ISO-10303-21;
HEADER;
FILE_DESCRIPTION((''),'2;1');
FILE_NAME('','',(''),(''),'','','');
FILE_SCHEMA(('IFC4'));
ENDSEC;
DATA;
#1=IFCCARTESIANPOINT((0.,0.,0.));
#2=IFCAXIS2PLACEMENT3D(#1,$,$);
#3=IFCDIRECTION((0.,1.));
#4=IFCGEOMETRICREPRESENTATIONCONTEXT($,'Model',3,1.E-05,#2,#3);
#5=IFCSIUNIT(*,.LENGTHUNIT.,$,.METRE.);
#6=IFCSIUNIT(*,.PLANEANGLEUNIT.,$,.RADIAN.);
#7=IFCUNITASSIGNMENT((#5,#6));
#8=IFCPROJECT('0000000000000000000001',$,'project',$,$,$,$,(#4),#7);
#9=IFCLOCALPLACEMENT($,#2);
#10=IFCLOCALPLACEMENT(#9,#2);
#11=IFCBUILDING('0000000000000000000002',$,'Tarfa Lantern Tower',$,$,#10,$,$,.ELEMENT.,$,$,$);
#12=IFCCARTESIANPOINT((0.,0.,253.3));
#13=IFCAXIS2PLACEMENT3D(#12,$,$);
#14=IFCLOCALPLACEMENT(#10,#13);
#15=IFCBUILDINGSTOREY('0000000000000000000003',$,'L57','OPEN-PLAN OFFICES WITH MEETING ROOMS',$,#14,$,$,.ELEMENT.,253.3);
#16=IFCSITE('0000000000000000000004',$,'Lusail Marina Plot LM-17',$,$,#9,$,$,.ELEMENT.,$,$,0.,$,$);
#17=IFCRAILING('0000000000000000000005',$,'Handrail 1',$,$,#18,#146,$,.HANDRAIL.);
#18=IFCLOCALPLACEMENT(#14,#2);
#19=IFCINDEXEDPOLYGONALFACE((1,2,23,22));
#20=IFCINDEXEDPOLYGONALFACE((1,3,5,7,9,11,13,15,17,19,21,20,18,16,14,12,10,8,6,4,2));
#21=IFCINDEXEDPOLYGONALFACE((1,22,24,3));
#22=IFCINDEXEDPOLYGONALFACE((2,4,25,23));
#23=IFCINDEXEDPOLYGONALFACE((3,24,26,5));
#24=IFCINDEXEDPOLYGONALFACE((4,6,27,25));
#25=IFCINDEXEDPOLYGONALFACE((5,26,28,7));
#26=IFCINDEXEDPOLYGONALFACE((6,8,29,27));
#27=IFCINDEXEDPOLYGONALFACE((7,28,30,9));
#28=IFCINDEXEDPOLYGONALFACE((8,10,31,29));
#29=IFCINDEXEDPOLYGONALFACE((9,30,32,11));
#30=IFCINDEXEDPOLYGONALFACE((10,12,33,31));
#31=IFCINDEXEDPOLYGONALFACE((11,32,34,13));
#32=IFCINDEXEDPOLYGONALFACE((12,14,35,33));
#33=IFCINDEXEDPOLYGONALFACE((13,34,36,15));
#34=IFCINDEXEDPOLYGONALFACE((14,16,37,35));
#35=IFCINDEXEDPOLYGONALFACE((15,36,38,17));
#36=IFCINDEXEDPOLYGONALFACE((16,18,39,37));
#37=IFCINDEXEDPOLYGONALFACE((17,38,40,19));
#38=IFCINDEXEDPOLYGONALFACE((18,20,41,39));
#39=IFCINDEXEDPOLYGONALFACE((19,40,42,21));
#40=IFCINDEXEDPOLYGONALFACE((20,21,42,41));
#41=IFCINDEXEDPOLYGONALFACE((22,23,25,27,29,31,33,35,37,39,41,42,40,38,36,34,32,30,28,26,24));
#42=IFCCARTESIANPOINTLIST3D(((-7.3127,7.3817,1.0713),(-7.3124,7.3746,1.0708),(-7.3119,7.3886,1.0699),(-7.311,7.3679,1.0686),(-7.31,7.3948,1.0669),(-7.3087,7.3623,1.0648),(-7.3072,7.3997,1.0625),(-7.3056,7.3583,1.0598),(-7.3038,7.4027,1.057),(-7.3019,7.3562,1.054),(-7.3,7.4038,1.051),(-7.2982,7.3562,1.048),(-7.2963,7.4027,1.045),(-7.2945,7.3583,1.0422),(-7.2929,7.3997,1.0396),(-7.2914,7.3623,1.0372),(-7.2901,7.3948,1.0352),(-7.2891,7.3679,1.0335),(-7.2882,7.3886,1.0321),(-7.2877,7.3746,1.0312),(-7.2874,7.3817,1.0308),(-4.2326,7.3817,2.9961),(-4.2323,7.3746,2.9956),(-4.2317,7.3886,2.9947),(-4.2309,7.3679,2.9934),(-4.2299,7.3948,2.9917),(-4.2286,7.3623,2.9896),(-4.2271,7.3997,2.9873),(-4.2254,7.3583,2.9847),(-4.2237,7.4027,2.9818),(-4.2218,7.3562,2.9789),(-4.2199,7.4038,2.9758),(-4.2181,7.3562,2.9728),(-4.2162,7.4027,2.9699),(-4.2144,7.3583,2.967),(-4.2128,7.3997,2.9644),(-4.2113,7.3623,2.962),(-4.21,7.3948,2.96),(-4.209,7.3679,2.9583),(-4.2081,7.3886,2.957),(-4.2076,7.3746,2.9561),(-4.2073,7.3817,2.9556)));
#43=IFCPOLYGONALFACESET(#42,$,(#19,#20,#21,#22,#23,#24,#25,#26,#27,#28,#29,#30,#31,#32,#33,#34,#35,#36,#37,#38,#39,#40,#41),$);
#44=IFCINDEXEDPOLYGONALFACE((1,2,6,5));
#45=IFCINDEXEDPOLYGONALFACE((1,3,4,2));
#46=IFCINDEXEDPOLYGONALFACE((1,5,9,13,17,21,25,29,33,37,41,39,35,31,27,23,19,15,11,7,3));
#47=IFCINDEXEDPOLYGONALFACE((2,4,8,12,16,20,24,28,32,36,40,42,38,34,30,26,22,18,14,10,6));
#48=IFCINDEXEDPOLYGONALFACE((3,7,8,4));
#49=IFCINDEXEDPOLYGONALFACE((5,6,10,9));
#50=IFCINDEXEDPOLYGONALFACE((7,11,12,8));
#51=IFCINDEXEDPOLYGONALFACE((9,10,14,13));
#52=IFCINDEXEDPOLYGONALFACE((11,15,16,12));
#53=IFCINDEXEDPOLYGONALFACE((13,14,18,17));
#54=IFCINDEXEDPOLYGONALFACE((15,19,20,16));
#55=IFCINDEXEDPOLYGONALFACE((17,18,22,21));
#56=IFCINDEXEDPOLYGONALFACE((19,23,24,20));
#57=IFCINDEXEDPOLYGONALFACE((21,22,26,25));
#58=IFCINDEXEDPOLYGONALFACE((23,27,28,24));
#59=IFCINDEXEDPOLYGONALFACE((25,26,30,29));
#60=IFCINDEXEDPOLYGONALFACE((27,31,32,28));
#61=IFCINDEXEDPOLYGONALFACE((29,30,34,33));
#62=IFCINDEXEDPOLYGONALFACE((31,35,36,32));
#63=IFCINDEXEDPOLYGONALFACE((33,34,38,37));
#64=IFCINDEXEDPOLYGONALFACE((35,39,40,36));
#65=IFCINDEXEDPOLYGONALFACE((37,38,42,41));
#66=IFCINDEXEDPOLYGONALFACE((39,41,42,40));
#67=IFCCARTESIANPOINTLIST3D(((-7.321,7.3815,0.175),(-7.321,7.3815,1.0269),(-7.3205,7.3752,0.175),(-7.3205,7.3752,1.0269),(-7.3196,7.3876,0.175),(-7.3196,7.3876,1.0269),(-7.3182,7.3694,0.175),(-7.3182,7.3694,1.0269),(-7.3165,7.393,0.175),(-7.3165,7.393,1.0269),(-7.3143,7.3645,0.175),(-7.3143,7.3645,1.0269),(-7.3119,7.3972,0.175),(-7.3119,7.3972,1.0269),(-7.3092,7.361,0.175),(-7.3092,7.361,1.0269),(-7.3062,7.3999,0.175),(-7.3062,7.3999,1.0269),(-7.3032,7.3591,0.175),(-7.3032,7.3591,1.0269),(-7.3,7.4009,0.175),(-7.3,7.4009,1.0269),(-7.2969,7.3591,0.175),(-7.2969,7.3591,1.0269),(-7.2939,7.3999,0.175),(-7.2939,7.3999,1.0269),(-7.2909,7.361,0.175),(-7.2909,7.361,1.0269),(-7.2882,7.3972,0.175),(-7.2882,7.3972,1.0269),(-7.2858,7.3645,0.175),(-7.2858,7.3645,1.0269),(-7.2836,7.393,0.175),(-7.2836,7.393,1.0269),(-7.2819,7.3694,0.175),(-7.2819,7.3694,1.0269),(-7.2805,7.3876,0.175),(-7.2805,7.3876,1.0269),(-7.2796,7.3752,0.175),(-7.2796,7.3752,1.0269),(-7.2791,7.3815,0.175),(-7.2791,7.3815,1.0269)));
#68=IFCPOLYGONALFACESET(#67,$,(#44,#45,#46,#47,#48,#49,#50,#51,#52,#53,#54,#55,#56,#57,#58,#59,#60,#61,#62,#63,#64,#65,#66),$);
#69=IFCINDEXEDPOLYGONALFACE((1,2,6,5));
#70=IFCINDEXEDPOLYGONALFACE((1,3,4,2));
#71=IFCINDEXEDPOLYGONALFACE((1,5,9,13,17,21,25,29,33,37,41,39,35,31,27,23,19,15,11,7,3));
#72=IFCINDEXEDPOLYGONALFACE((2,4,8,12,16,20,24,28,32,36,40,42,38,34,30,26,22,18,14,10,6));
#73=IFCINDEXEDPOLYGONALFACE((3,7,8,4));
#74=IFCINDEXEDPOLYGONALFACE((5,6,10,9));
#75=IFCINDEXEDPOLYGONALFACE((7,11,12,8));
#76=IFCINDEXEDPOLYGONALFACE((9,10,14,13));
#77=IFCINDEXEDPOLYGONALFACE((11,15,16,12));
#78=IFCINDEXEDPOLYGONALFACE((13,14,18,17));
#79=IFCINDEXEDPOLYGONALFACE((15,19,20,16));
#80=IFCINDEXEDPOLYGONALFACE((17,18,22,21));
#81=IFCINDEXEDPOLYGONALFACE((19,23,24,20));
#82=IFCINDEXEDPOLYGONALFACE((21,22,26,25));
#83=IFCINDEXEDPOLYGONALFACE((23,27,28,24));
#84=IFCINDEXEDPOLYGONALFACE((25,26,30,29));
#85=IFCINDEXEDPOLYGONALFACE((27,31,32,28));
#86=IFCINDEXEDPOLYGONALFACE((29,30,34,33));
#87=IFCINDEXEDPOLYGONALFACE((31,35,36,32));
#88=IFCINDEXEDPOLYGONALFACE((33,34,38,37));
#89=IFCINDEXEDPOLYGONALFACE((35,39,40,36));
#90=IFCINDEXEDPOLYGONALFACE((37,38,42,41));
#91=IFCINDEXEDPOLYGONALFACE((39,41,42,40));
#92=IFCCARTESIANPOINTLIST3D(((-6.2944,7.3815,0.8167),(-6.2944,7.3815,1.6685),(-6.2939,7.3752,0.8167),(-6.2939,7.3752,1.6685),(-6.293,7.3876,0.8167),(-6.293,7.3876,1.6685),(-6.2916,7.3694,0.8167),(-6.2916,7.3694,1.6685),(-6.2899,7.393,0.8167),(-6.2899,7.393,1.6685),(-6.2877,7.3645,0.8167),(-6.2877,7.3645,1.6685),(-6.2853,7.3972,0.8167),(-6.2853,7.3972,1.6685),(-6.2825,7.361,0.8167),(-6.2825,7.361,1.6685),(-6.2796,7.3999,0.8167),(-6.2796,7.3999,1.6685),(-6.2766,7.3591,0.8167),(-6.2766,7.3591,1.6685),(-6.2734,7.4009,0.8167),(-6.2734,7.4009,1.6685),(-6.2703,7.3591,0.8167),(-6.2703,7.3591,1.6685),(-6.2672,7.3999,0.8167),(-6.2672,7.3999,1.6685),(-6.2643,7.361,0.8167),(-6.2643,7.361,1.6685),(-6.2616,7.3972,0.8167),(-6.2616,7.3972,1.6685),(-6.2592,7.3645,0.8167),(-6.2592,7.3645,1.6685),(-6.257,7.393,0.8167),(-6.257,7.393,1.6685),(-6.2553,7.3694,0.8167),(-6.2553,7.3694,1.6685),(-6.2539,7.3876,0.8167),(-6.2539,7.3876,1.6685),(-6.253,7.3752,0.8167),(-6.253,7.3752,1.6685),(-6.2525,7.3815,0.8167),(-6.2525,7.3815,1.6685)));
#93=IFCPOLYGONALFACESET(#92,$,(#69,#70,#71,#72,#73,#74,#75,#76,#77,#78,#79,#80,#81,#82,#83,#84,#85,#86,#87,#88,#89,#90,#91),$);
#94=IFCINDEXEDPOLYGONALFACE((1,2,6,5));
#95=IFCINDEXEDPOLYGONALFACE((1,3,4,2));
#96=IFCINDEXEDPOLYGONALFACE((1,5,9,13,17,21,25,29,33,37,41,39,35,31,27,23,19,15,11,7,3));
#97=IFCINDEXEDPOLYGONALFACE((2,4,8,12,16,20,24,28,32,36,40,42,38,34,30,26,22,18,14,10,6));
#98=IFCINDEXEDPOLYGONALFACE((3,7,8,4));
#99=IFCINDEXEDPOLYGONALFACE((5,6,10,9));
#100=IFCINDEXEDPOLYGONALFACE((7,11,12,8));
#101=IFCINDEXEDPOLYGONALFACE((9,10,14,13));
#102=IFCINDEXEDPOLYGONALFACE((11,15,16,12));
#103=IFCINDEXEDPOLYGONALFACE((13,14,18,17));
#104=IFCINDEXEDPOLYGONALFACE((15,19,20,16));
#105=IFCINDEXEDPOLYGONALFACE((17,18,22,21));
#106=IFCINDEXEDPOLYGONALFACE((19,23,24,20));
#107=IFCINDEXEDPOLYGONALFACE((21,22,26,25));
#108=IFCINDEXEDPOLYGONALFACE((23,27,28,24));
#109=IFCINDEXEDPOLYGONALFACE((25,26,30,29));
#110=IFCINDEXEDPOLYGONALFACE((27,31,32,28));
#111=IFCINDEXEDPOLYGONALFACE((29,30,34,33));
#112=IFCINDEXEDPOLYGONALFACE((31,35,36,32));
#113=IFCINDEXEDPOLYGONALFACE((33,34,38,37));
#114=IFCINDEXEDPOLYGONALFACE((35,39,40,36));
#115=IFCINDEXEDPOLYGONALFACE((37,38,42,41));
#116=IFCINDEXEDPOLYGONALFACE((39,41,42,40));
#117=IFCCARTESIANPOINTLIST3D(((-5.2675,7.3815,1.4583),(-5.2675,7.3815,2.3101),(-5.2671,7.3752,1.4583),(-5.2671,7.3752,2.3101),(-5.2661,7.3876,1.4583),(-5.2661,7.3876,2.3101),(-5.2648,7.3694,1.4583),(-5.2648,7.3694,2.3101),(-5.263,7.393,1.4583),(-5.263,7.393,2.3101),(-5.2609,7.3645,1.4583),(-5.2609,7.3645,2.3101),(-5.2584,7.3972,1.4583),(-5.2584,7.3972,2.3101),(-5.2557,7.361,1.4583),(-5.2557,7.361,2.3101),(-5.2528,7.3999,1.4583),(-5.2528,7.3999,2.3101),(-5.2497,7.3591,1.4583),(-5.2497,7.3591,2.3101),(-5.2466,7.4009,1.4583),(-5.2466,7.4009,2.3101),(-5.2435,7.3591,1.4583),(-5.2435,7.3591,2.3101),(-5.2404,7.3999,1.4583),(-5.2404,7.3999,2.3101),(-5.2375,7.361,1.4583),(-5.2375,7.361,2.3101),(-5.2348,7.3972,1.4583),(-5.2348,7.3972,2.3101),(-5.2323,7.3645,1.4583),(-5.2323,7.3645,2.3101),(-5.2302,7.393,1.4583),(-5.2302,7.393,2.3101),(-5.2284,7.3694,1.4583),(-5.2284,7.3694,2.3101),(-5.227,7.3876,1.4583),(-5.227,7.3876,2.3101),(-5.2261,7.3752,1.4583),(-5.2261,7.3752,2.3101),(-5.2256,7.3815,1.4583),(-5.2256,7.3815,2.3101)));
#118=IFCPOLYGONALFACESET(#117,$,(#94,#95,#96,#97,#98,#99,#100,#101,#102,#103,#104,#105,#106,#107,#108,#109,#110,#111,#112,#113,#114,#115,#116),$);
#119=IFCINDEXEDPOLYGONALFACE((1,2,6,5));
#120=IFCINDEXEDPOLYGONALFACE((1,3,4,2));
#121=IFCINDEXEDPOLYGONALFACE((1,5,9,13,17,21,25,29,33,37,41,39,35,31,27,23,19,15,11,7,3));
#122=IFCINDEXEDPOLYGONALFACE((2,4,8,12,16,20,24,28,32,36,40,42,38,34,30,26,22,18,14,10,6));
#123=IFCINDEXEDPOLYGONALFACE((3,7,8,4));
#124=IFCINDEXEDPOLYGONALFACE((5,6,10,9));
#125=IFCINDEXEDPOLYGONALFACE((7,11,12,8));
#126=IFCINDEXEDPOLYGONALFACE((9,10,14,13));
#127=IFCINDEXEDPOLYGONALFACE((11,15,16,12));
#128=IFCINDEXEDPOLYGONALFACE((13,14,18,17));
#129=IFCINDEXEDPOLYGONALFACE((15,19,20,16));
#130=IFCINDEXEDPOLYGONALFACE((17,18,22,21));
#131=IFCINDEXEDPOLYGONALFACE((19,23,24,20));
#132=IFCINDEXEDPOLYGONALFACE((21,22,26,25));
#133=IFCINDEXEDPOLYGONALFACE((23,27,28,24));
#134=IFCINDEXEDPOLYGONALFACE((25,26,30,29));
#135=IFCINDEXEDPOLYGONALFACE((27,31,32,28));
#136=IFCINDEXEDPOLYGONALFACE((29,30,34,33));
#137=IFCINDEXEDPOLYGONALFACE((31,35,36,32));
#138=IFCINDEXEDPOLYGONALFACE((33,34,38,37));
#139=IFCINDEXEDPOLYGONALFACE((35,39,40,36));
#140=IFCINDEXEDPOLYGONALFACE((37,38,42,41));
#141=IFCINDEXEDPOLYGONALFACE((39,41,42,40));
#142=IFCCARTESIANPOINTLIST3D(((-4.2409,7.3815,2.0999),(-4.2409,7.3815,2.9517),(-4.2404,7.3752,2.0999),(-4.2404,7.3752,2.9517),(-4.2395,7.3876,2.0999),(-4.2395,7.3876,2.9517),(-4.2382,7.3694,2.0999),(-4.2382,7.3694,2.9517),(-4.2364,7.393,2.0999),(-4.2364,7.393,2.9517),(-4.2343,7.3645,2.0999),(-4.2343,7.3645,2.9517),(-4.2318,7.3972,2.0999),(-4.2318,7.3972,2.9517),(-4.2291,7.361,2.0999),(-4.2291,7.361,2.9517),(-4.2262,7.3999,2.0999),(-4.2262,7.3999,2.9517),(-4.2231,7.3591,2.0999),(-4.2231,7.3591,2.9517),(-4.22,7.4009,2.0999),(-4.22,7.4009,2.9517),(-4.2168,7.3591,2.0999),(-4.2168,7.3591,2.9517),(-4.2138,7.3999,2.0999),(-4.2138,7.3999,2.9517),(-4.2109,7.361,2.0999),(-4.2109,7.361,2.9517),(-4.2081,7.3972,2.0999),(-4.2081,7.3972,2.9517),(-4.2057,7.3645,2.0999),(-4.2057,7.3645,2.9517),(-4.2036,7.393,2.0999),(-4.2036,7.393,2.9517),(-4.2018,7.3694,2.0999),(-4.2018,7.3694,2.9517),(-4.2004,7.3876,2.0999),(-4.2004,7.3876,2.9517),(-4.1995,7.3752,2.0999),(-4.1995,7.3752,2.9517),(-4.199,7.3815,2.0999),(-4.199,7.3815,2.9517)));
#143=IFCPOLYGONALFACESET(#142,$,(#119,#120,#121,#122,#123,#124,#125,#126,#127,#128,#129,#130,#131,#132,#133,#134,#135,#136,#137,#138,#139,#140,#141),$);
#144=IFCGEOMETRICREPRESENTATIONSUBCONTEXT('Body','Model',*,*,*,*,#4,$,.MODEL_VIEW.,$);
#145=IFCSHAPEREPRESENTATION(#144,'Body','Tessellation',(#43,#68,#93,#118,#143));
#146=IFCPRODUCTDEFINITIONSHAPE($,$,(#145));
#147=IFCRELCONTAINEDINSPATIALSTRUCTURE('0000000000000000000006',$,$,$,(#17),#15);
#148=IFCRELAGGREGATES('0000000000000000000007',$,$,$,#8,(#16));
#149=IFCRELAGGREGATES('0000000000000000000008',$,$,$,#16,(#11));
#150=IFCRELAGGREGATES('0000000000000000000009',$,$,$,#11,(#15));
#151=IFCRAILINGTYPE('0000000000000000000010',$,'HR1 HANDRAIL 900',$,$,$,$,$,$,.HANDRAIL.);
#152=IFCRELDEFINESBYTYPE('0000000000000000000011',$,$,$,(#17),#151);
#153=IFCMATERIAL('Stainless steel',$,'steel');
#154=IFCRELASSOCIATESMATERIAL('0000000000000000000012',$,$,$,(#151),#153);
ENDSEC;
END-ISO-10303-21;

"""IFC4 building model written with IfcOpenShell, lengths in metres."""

from ifc_helpers import new_model, si_unit, direction, frame, origin, origin_2d, place, context, subcontext, project, spatial, circle, extrude, material, type_object, element, save


model = new_model("IFC4")

# Units and contexts
model_context = context("Model", 3, precision=1e-05, world=origin(), true_north=direction((0.0, 1.0)))
body_context = subcontext(model_context, "Body", "Model", "MODEL_VIEW")
ifc_project = project(units=[si_unit("LENGTHUNIT", "METRE"), si_unit("PLANEANGLEUNIT", "RADIAN")], contexts=[model_context])

# Site, building, storey
site_placement = place(None, origin())
site = spatial("IfcSite", under=ifc_project, at=site_placement, Name="Lusail Marina Plot LM-17", CompositionType="ELEMENT", RefElevation=0.0)
building_placement = place(site_placement, origin())
building = spatial("IfcBuilding", under=site, at=building_placement, Name="Tarfa Lantern Tower", CompositionType="ELEMENT")
storey_placement = place(building_placement, frame((0.0, 0.0, 253.3)))
storey = spatial("IfcBuildingStorey", under=building, at=storey_placement, Name="L57", Description="OPEN-PLAN OFFICES WITH MEETING ROOMS", CompositionType="ELEMENT", Elevation=253.3)

# Railing
ifc_material_1 = material(Name="Stainless steel", Category="steel")
railing_type = type_object("IfcRailingType", Name="HR1 HANDRAIL 900", PredefinedType="HANDRAIL", material=ifc_material_1)
railing_1_placement = place(storey_placement, frame((-7.3, 7.3799, 0.175)))
element("IfcRailing", 1, at=railing_1_placement, inside=storey, type_object=railing_type, Name="Handrail 1", PredefinedType="HANDRAIL", context=body_context, shape_type="SweptSolid", body=[
    extrude(circle(Radius=0.0239, at=origin_2d()), frame((0.0, 0.0, 0.876), z_axis=(0.848029, 0.0, 0.529951), x_axis=(0.0, 1.0, 0.0)), (0.0, 0.0, 1.0), 3.6321),
    extrude(circle(Radius=0.021, at=origin_2d()), frame((0.0, 0.0, 0.0), z_axis=(0.0, 0.0, 1.0), x_axis=(0.0, 1.0, 0.0)), (0.0, 0.0, 1.0), 0.8518),
    extrude(circle(Radius=0.021, at=origin_2d()), frame((1.0266, 0.0, 0.6416), z_axis=(0.0, 0.0, 1.0), x_axis=(0.0, 1.0, 0.0)), (0.0, 0.0, 1.0), 0.8518),
    extrude(circle(Radius=0.021, at=origin_2d()), frame((2.0535, 0.0, 1.2832), z_axis=(0.0, 0.0, 1.0), x_axis=(0.0, 1.0, 0.0)), (0.0, 0.0, 1.0), 0.8518),
    extrude(circle(Radius=0.021, at=origin_2d()), frame((3.0801, 0.0, 1.9248), z_axis=(0.0, 0.0, 1.0), x_axis=(0.0, 1.0, 0.0)), (0.0, 0.0, 1.0), 0.8518),
])

save(model, "model.ifc")
